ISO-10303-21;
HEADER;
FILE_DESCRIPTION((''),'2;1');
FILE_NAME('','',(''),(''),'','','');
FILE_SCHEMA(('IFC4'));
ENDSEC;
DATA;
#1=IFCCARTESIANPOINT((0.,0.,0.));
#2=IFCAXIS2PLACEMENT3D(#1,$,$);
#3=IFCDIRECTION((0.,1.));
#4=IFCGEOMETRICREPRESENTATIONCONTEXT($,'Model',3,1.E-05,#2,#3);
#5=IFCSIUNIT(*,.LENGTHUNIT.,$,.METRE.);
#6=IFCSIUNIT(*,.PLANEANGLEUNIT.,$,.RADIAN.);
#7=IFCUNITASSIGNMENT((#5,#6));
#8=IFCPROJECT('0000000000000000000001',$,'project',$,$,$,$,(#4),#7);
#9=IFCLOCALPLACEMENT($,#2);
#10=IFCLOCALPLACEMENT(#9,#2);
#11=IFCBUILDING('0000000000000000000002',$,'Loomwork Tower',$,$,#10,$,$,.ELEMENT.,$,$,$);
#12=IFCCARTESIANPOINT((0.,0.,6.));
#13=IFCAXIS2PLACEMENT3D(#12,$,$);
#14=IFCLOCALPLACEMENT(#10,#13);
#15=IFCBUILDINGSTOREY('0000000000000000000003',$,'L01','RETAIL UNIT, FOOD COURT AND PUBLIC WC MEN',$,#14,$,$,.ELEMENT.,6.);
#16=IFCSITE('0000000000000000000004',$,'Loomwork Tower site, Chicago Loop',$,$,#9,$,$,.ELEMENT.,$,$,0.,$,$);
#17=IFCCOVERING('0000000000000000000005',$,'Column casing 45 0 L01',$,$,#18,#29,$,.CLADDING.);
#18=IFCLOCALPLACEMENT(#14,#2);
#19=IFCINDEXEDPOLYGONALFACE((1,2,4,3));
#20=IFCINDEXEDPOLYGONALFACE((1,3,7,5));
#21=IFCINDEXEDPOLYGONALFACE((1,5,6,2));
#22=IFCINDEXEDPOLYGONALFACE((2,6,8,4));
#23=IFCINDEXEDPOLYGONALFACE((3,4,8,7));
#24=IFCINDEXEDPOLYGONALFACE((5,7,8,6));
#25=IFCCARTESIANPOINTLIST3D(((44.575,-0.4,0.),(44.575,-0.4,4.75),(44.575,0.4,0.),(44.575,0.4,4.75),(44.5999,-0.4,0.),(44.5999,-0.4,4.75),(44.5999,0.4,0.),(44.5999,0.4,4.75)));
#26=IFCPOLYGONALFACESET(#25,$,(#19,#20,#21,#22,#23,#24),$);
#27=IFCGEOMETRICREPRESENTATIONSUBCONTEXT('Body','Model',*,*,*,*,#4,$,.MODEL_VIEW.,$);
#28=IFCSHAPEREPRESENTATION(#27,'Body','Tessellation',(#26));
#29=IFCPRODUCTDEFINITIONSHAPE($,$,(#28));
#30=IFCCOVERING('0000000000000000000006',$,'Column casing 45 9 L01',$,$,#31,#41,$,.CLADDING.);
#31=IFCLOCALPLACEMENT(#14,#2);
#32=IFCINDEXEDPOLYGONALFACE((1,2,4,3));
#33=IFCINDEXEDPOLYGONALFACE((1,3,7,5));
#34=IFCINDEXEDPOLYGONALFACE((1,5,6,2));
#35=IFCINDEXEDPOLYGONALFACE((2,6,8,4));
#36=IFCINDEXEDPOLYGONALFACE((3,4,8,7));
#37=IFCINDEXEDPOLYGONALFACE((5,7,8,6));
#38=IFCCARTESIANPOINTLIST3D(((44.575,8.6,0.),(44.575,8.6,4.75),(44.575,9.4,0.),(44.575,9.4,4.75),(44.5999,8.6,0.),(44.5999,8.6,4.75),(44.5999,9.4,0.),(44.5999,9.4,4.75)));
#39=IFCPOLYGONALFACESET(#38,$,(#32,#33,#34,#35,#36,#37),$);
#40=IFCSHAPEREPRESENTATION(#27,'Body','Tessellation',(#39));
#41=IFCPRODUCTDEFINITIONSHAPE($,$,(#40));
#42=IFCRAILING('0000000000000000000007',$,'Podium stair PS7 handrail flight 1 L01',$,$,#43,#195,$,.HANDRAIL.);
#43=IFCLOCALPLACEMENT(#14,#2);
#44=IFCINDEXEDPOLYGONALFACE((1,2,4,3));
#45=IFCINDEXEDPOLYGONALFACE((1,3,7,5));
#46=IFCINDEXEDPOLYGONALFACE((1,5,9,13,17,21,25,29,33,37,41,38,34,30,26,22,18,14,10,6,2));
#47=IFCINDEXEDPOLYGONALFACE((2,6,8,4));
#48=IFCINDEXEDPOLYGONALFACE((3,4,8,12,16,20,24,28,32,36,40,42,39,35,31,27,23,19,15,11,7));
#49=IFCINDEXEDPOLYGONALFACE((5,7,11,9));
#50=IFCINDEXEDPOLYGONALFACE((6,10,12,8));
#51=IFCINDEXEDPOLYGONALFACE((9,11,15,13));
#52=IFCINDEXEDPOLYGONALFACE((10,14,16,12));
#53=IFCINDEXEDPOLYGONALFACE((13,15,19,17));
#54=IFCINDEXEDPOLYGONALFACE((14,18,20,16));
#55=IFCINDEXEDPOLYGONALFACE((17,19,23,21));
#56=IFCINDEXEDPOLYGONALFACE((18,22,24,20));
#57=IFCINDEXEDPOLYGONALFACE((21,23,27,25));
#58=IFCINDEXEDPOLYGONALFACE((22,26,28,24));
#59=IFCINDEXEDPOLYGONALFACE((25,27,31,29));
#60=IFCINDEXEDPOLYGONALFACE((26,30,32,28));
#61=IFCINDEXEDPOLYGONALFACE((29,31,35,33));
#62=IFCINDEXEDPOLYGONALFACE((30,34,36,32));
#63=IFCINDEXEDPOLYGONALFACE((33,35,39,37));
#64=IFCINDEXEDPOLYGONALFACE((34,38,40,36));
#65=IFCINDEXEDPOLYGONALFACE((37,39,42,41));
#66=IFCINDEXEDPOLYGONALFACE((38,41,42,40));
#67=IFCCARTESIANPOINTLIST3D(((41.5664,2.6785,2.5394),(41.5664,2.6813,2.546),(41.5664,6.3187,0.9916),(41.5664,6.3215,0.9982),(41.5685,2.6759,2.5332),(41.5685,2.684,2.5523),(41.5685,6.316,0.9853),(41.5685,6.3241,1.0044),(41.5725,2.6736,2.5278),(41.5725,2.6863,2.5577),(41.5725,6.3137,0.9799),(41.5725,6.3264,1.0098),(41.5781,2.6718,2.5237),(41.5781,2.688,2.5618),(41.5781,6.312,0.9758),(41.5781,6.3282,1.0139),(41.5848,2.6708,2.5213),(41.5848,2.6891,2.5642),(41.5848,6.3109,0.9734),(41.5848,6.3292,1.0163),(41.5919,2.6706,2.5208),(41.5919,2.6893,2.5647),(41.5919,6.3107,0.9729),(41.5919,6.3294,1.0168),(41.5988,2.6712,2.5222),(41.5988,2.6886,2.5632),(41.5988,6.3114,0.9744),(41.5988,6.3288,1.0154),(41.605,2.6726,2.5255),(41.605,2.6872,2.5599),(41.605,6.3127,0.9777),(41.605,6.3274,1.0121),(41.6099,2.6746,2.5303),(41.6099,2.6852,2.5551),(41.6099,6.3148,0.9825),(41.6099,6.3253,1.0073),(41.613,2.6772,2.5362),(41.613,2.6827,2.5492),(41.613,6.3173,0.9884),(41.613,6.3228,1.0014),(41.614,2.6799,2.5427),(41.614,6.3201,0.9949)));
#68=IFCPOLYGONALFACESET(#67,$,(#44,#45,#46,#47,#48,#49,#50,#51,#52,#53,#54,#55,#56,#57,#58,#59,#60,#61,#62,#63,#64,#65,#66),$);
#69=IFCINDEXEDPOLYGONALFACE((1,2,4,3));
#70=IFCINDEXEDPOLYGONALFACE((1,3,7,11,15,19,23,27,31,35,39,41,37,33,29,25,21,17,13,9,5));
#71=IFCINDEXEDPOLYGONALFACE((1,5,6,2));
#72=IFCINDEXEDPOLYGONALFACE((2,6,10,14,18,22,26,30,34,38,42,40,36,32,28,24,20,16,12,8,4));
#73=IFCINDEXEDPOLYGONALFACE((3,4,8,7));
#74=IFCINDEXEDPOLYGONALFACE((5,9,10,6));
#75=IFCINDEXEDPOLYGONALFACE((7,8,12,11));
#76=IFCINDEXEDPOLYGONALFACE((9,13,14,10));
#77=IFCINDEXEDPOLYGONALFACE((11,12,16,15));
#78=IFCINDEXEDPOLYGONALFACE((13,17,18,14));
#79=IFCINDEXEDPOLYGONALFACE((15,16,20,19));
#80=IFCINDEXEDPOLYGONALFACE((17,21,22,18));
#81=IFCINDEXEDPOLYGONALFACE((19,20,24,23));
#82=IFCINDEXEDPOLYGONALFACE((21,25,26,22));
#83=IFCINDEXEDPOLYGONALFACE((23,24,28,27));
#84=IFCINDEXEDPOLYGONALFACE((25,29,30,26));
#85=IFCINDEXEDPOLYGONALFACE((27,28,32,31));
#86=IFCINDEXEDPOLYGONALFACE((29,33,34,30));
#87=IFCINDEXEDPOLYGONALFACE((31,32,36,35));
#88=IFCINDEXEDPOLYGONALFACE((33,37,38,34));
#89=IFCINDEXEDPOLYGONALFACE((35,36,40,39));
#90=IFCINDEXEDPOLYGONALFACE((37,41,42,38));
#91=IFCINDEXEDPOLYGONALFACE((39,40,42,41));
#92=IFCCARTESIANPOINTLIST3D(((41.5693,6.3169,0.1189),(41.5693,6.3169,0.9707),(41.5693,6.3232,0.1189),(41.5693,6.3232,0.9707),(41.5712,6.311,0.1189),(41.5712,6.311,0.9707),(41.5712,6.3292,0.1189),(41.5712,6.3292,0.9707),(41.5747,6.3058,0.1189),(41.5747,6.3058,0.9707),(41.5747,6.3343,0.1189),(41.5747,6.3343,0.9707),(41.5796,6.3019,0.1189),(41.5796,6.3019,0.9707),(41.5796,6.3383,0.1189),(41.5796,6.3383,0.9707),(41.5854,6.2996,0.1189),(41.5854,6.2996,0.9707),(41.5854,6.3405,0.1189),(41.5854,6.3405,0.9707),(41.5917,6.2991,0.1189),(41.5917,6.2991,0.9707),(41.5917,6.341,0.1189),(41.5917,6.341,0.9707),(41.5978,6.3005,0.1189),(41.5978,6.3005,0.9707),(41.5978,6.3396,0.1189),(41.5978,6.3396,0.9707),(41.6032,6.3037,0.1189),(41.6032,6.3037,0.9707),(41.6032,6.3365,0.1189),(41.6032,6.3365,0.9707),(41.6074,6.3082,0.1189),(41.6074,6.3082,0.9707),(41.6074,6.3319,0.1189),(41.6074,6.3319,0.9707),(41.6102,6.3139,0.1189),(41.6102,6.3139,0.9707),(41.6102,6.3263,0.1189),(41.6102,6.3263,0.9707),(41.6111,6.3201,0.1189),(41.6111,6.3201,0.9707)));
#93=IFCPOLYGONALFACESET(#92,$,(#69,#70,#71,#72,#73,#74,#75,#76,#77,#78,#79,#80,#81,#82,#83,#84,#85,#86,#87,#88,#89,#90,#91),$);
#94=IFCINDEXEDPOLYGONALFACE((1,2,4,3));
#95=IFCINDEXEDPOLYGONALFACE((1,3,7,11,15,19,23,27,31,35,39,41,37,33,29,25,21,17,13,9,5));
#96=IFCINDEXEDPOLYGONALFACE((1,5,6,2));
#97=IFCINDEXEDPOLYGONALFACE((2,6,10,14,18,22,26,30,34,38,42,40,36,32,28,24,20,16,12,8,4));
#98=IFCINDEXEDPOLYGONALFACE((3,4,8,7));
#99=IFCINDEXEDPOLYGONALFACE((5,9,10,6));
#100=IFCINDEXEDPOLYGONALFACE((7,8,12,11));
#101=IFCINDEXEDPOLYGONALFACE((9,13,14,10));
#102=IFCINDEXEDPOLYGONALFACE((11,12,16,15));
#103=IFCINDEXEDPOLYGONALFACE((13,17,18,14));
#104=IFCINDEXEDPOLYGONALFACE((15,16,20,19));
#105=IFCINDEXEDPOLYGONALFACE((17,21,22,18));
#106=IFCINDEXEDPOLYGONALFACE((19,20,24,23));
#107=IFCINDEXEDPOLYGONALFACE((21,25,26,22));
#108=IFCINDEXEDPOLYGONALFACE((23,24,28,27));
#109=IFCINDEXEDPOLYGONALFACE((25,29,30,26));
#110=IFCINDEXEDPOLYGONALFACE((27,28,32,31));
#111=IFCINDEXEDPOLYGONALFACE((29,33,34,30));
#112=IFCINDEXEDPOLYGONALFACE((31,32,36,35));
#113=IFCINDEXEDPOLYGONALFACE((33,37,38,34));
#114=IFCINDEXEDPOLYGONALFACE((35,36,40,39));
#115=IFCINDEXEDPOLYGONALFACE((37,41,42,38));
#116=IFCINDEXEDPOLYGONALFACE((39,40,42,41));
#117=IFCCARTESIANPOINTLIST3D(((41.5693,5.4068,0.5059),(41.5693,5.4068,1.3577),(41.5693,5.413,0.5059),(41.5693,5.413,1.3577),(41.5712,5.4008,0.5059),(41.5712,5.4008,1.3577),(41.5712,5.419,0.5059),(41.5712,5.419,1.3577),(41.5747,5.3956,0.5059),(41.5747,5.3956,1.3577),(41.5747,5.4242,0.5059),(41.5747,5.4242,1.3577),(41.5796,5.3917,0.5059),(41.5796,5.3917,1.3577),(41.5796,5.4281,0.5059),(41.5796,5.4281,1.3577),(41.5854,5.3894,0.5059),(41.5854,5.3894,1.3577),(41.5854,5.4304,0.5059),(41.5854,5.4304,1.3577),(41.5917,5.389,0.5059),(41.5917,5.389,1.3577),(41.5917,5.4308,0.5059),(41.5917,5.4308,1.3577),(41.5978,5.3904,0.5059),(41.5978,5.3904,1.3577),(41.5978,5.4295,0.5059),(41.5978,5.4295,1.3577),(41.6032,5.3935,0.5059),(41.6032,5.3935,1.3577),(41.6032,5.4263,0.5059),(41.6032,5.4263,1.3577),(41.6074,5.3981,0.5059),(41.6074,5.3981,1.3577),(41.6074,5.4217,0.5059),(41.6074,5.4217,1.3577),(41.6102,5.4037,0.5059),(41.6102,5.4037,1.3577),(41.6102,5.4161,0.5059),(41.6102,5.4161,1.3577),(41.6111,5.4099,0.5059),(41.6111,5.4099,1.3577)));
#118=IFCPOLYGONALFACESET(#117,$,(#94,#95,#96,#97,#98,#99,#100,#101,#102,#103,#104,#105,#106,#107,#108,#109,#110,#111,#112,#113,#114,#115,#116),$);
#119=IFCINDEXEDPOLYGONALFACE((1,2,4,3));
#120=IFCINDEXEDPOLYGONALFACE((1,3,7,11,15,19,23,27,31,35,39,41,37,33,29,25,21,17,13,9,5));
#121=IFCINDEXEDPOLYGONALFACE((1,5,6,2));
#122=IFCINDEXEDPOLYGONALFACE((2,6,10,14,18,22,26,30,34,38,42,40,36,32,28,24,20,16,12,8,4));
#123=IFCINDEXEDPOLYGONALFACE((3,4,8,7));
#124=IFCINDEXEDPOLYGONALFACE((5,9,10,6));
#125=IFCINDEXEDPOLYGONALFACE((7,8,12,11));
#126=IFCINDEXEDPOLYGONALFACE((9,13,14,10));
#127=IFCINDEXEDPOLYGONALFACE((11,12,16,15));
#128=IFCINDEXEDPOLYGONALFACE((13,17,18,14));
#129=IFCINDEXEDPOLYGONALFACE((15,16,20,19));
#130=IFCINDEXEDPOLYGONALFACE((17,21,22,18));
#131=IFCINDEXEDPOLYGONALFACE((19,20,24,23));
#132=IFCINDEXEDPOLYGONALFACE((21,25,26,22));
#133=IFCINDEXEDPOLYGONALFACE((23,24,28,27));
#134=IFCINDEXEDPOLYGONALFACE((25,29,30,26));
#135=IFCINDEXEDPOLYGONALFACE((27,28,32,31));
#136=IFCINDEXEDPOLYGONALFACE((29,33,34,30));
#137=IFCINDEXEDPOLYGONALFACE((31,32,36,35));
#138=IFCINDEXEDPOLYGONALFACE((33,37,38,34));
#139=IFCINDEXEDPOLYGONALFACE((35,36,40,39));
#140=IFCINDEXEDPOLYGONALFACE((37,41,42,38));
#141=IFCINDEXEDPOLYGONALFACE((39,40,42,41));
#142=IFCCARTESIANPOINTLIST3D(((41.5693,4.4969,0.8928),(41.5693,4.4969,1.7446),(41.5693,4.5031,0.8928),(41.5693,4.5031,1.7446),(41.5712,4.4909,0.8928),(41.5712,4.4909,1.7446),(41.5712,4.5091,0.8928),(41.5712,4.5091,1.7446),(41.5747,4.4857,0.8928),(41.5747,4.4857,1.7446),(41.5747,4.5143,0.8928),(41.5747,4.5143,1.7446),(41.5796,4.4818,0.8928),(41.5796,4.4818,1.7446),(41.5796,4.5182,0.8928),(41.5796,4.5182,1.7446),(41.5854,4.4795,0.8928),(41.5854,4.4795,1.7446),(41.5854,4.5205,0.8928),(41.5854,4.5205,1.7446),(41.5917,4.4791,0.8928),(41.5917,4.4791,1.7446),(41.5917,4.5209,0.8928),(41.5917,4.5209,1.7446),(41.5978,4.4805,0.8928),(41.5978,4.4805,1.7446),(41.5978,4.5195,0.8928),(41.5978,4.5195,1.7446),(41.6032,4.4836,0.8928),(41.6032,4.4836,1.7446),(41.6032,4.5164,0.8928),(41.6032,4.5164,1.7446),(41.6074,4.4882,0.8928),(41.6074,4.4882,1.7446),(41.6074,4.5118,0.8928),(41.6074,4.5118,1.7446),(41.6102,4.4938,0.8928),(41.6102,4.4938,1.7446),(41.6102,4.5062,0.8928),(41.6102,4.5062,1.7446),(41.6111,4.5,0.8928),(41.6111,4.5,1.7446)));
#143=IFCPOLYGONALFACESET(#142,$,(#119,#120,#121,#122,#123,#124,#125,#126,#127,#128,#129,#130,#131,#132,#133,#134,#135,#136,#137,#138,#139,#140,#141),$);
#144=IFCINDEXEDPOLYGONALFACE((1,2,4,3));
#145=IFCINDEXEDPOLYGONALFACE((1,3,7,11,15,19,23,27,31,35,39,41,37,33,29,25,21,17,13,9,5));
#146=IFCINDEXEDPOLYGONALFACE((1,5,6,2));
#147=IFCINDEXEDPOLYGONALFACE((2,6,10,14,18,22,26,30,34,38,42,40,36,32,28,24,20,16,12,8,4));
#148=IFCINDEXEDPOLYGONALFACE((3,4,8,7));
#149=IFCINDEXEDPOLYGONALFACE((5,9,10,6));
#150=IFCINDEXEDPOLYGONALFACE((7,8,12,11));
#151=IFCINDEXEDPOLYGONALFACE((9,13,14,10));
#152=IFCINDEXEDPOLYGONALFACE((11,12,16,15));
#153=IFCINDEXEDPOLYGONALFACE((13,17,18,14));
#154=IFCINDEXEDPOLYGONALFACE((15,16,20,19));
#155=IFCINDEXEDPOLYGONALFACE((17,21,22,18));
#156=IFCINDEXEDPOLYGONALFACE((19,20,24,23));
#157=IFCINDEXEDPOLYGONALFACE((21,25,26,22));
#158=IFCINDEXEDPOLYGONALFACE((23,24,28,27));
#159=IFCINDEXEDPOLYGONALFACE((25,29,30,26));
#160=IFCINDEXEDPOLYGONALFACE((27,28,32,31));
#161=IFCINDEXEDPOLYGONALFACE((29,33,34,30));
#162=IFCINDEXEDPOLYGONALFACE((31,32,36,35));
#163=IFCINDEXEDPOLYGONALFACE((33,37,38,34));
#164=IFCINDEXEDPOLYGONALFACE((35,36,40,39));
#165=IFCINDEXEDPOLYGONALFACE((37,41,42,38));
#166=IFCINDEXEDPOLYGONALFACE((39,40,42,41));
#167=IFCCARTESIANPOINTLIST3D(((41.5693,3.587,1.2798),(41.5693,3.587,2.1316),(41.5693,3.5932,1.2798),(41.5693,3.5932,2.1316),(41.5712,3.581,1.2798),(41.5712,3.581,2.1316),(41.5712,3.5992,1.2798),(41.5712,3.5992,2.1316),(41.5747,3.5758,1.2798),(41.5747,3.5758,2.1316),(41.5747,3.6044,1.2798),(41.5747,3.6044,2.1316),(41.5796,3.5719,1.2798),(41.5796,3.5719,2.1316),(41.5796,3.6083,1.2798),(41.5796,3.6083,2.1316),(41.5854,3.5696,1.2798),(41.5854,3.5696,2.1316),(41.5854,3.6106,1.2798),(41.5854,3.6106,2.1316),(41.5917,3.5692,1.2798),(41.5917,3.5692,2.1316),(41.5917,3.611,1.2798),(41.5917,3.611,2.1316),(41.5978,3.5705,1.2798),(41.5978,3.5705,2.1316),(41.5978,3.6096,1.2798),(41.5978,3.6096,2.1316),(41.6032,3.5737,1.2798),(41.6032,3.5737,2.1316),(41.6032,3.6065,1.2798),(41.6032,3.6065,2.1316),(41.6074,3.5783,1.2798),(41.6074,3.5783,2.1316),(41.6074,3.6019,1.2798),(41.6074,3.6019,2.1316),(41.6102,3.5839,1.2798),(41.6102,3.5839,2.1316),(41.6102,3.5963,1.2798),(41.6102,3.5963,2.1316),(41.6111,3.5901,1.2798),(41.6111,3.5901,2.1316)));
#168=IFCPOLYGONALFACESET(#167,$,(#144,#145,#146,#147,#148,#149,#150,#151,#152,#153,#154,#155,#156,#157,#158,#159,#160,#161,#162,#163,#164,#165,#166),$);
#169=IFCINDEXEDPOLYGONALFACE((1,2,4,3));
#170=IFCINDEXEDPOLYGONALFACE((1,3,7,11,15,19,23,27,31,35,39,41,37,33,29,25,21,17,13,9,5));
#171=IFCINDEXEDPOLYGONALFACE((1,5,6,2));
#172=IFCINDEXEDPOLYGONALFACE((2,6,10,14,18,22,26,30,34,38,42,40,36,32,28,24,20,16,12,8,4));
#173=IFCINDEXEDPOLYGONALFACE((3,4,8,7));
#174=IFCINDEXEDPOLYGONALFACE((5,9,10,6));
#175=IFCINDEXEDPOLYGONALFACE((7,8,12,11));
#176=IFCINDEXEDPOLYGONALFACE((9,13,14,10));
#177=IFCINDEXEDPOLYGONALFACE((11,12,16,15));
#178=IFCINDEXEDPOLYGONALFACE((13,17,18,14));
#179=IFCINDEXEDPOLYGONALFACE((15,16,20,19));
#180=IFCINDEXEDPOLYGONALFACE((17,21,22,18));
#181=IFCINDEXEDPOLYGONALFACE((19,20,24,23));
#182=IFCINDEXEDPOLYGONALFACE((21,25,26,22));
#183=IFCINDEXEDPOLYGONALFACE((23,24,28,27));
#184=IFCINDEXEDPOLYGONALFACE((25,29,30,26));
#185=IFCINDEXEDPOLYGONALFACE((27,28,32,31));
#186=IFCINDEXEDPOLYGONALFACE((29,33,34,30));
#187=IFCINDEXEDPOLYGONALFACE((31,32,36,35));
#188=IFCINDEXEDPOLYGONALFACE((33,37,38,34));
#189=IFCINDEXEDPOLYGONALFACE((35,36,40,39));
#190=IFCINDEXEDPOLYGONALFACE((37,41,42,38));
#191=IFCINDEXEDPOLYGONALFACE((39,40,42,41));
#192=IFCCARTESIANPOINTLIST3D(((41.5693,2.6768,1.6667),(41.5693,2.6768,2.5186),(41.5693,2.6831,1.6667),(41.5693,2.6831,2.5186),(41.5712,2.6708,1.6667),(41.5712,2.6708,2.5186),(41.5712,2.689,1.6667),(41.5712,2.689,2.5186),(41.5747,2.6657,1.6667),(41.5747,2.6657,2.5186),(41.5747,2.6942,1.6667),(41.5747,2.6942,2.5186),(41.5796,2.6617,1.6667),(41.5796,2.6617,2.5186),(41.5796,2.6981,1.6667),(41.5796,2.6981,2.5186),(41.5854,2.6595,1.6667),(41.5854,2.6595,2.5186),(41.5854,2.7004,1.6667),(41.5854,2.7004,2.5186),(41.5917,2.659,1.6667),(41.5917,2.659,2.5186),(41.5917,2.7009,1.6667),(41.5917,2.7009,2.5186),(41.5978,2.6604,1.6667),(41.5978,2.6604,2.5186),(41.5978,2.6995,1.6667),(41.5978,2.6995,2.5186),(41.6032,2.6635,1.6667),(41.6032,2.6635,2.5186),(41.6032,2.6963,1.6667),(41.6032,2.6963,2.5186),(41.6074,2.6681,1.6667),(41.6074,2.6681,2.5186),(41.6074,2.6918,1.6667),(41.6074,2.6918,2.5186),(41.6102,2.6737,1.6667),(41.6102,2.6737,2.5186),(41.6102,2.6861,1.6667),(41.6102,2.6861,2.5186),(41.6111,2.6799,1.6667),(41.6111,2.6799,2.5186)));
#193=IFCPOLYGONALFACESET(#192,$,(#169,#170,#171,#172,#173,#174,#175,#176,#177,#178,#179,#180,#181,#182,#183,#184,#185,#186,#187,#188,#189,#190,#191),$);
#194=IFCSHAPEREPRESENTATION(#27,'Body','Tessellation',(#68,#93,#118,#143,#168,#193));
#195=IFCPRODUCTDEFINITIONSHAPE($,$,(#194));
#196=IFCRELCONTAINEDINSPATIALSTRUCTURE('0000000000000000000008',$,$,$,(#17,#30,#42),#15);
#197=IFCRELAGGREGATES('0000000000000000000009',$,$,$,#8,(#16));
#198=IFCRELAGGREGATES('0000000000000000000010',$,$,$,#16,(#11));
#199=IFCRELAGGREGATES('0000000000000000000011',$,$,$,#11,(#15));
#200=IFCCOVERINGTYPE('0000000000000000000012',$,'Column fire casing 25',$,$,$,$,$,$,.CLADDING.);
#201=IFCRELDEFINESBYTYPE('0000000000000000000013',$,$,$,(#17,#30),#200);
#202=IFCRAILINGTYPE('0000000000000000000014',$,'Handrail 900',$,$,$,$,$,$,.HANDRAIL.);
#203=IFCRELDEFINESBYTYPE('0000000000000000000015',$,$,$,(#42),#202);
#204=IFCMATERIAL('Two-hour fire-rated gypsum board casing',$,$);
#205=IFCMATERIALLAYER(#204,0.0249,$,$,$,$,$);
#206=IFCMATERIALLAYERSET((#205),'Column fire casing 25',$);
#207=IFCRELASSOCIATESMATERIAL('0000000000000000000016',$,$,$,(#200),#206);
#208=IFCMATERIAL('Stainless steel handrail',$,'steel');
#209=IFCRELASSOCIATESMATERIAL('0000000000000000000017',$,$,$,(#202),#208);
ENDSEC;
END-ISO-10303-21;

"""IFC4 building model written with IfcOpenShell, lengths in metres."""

from ifc_helpers import new_model, si_unit, direction, frame, origin, origin_2d, place, context, subcontext, project, spatial, rectangle, circle, extrude, material, layer, layer_set, type_object, element, save


model = new_model("IFC4")

# Units and contexts
model_context = context("Model", 3, precision=1e-05, world=origin(), true_north=direction((0.0, 1.0)))
body_context = subcontext(model_context, "Body", "Model", "MODEL_VIEW")
ifc_project = project(units=[si_unit("LENGTHUNIT", "METRE"), si_unit("PLANEANGLEUNIT", "RADIAN")], contexts=[model_context])

# Site, building, storey
site_placement = place(None, origin())
site = spatial("IfcSite", under=ifc_project, at=site_placement, Name="Loomwork Tower site, Chicago Loop", CompositionType="ELEMENT", RefElevation=0.0)
building_placement = place(site_placement, origin())
building = spatial("IfcBuilding", under=site, at=building_placement, Name="Loomwork Tower", CompositionType="ELEMENT")
storey_placement = place(building_placement, frame((0.0, 0.0, 6.0)))
storey = spatial("IfcBuildingStorey", under=building, at=storey_placement, Name="L01", Description="RETAIL UNIT, FOOD COURT AND PUBLIC WC MEN", CompositionType="ELEMENT", Elevation=6.0)

# Coverings
ifc_material_1 = material(Name="Two-hour fire-rated gypsum board casing")
ifc_layer_1 = layer(ifc_material_1, 0.0249)
ifc_layer_set_1 = layer_set([ifc_layer_1], Name="Column fire casing 25")
covering_type = type_object("IfcCoveringType", Name="Column fire casing 25", PredefinedType="CLADDING", material=ifc_layer_set_1)
for number, where, z_axis, x_axis, name in (
    (1, (44.5874, 0.0, 0.0), (0.0, 0.0, 1.0), (1.0, 0.0, 0.0), "Column casing 45 0 L01"),
    (2, (44.5874, 9.0, 0.0), (0.0, 0.0, 1.0), (1.0, 0.0, 0.0), "Column casing 45 9 L01"),
):
    element("IfcCovering", number, at=place(storey_placement, frame(where, z_axis=z_axis, x_axis=x_axis)), inside=storey, type_object=covering_type, Name=name, PredefinedType="CLADDING", context=body_context, shape_type="SweptSolid", body=[
        extrude(rectangle(XDim=0.0249, YDim=0.8, at=origin_2d()), origin(), (0.0, 0.0, 1.0), 4.75),
    ])

# Railing
ifc_material_2 = material(Name="Stainless steel handrail", Category="steel")
railing_type = type_object("IfcRailingType", Name="Handrail 900", PredefinedType="HANDRAIL", material=ifc_material_2)
railing_1_placement = place(storey_placement, frame((41.5901, 6.3201, 0.1189)))
element("IfcRailing", 3, at=railing_1_placement, inside=storey, type_object=railing_type, Name="Podium stair PS7 handrail flight 1 L01", PredefinedType="HANDRAIL", context=body_context, shape_type="SweptSolid", body=[
    extrude(circle(Radius=0.0239, at=origin_2d()), frame((0.0, 0.0, 0.876), z_axis=(0.0, -0.920259, 0.391311), x_axis=(1.0, 0.0, 0.0)), (0.0, 0.0, 1.0), 3.9556),
    extrude(circle(Radius=0.021, at=origin_2d()), origin(), (0.0, 0.0, 1.0), 0.8518),
    extrude(circle(Radius=0.021, at=origin_2d()), frame((0.0, -0.9102, 0.387)), (0.0, 0.0, 1.0), 0.8518),
    extrude(circle(Radius=0.021, at=origin_2d()), frame((0.0, -1.8201, 0.7739)), (0.0, 0.0, 1.0), 0.8518),
    extrude(circle(Radius=0.021, at=origin_2d()), frame((0.0, -2.73, 1.1609)), (0.0, 0.0, 1.0), 0.8518),
    extrude(circle(Radius=0.021, at=origin_2d()), frame((0.0, -3.6401, 1.5479)), (0.0, 0.0, 1.0), 0.8518),
])

save(model, "model.ifc")
